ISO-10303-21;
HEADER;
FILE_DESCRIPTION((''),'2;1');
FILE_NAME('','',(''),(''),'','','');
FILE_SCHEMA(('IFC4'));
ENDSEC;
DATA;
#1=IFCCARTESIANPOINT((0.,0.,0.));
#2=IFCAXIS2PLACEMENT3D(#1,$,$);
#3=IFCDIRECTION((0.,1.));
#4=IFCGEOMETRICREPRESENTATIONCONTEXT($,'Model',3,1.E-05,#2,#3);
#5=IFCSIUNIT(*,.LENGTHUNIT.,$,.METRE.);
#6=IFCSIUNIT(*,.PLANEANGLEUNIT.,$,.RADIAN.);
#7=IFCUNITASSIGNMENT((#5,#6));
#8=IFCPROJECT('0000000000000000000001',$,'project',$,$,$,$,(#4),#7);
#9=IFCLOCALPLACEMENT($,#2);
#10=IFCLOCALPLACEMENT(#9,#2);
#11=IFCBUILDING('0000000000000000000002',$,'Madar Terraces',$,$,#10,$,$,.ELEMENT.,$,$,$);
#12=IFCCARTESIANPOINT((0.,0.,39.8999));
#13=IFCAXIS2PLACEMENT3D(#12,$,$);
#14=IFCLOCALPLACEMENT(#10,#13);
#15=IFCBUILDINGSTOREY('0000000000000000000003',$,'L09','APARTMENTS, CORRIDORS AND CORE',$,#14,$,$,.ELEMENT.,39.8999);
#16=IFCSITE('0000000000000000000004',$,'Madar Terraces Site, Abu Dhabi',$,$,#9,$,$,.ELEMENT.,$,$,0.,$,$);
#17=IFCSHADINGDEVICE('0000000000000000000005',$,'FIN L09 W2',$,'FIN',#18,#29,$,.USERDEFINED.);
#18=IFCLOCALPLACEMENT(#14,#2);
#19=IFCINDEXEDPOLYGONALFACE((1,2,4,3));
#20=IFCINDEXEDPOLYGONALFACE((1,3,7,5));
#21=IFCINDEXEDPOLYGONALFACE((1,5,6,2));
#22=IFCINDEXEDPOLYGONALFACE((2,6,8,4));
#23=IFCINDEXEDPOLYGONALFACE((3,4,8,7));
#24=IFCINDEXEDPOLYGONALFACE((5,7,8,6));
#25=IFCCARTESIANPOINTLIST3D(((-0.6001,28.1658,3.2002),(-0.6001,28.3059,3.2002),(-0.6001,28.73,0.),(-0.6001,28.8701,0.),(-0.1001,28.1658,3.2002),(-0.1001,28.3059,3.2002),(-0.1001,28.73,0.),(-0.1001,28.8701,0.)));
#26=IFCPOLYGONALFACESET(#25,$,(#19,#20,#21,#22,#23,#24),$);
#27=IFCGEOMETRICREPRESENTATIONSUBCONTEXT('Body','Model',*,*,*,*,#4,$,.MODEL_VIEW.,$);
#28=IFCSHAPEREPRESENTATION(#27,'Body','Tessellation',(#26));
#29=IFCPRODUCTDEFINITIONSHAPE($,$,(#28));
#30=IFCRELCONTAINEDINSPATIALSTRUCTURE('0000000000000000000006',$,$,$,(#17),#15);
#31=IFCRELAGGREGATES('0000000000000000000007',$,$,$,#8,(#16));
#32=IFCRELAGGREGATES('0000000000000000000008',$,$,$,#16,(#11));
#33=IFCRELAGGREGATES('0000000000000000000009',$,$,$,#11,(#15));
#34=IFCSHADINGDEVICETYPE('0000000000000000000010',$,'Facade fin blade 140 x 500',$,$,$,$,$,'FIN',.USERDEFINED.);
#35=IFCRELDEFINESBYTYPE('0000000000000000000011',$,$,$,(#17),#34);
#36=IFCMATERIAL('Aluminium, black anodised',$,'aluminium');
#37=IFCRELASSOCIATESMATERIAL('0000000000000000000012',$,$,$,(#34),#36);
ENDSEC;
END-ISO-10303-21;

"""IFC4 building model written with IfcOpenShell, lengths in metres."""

from ifc_helpers import new_model, si_unit, direction, frame, origin, place, context, subcontext, project, spatial, polyline, outline, extrude, material, type_object, element, save


model = new_model("IFC4")

# Units and contexts
model_context = context("Model", 3, precision=1e-05, world=origin(), true_north=direction((0.0, 1.0)))
body_context = subcontext(model_context, "Body", "Model", "MODEL_VIEW")
ifc_project = project(units=[si_unit("LENGTHUNIT", "METRE"), si_unit("PLANEANGLEUNIT", "RADIAN")], contexts=[model_context])

# Site, building, storey
site_placement = place(None, origin())
site = spatial("IfcSite", under=ifc_project, at=site_placement, Name="Madar Terraces Site, Abu Dhabi", CompositionType="ELEMENT", RefElevation=0.0)
building_placement = place(site_placement, origin())
building = spatial("IfcBuilding", under=site, at=building_placement, Name="Madar Terraces", CompositionType="ELEMENT")
storey_placement = place(building_placement, frame((0.0, 0.0, 39.8999)))
storey = spatial("IfcBuildingStorey", under=building, at=storey_placement, Name="L09", Description="APARTMENTS, CORRIDORS AND CORE", CompositionType="ELEMENT", Elevation=39.8999)

# Shading device
ifc_material_1 = material(Name="Aluminium, black anodised", Category="aluminium")
shading_device_type = type_object("IfcShadingDeviceType", Name="Facade fin blade 140 x 500", ElementType="FIN", PredefinedType="USERDEFINED", material=ifc_material_1)
shading_device_1_placement = place(storey_placement, frame((-0.3501, 28.8701, 0.0), z_axis=(0.0, 0.0, 1.0), x_axis=(0.0, -1.0, 0.0)))
element("IfcShadingDevice", 1, at=shading_device_1_placement, inside=storey, type_object=shading_device_type, Name="FIN L09 W2", ObjectType="FIN", PredefinedType="USERDEFINED", context=body_context, shape_type="SweptSolid", body=[
    extrude(outline(polyline([(0.0, 0.0), (0.1401, 0.0), (0.7043, 3.2002), (0.5642, 3.2002), (0.0, 0.0)])), frame((0.0, 0.25, 0.0), z_axis=(0.0, -1.0, 0.0), x_axis=(1.0, 0.0, 0.0)), (0.0, 0.0, 1.0), 0.5),
])

save(model, "model.ifc")
